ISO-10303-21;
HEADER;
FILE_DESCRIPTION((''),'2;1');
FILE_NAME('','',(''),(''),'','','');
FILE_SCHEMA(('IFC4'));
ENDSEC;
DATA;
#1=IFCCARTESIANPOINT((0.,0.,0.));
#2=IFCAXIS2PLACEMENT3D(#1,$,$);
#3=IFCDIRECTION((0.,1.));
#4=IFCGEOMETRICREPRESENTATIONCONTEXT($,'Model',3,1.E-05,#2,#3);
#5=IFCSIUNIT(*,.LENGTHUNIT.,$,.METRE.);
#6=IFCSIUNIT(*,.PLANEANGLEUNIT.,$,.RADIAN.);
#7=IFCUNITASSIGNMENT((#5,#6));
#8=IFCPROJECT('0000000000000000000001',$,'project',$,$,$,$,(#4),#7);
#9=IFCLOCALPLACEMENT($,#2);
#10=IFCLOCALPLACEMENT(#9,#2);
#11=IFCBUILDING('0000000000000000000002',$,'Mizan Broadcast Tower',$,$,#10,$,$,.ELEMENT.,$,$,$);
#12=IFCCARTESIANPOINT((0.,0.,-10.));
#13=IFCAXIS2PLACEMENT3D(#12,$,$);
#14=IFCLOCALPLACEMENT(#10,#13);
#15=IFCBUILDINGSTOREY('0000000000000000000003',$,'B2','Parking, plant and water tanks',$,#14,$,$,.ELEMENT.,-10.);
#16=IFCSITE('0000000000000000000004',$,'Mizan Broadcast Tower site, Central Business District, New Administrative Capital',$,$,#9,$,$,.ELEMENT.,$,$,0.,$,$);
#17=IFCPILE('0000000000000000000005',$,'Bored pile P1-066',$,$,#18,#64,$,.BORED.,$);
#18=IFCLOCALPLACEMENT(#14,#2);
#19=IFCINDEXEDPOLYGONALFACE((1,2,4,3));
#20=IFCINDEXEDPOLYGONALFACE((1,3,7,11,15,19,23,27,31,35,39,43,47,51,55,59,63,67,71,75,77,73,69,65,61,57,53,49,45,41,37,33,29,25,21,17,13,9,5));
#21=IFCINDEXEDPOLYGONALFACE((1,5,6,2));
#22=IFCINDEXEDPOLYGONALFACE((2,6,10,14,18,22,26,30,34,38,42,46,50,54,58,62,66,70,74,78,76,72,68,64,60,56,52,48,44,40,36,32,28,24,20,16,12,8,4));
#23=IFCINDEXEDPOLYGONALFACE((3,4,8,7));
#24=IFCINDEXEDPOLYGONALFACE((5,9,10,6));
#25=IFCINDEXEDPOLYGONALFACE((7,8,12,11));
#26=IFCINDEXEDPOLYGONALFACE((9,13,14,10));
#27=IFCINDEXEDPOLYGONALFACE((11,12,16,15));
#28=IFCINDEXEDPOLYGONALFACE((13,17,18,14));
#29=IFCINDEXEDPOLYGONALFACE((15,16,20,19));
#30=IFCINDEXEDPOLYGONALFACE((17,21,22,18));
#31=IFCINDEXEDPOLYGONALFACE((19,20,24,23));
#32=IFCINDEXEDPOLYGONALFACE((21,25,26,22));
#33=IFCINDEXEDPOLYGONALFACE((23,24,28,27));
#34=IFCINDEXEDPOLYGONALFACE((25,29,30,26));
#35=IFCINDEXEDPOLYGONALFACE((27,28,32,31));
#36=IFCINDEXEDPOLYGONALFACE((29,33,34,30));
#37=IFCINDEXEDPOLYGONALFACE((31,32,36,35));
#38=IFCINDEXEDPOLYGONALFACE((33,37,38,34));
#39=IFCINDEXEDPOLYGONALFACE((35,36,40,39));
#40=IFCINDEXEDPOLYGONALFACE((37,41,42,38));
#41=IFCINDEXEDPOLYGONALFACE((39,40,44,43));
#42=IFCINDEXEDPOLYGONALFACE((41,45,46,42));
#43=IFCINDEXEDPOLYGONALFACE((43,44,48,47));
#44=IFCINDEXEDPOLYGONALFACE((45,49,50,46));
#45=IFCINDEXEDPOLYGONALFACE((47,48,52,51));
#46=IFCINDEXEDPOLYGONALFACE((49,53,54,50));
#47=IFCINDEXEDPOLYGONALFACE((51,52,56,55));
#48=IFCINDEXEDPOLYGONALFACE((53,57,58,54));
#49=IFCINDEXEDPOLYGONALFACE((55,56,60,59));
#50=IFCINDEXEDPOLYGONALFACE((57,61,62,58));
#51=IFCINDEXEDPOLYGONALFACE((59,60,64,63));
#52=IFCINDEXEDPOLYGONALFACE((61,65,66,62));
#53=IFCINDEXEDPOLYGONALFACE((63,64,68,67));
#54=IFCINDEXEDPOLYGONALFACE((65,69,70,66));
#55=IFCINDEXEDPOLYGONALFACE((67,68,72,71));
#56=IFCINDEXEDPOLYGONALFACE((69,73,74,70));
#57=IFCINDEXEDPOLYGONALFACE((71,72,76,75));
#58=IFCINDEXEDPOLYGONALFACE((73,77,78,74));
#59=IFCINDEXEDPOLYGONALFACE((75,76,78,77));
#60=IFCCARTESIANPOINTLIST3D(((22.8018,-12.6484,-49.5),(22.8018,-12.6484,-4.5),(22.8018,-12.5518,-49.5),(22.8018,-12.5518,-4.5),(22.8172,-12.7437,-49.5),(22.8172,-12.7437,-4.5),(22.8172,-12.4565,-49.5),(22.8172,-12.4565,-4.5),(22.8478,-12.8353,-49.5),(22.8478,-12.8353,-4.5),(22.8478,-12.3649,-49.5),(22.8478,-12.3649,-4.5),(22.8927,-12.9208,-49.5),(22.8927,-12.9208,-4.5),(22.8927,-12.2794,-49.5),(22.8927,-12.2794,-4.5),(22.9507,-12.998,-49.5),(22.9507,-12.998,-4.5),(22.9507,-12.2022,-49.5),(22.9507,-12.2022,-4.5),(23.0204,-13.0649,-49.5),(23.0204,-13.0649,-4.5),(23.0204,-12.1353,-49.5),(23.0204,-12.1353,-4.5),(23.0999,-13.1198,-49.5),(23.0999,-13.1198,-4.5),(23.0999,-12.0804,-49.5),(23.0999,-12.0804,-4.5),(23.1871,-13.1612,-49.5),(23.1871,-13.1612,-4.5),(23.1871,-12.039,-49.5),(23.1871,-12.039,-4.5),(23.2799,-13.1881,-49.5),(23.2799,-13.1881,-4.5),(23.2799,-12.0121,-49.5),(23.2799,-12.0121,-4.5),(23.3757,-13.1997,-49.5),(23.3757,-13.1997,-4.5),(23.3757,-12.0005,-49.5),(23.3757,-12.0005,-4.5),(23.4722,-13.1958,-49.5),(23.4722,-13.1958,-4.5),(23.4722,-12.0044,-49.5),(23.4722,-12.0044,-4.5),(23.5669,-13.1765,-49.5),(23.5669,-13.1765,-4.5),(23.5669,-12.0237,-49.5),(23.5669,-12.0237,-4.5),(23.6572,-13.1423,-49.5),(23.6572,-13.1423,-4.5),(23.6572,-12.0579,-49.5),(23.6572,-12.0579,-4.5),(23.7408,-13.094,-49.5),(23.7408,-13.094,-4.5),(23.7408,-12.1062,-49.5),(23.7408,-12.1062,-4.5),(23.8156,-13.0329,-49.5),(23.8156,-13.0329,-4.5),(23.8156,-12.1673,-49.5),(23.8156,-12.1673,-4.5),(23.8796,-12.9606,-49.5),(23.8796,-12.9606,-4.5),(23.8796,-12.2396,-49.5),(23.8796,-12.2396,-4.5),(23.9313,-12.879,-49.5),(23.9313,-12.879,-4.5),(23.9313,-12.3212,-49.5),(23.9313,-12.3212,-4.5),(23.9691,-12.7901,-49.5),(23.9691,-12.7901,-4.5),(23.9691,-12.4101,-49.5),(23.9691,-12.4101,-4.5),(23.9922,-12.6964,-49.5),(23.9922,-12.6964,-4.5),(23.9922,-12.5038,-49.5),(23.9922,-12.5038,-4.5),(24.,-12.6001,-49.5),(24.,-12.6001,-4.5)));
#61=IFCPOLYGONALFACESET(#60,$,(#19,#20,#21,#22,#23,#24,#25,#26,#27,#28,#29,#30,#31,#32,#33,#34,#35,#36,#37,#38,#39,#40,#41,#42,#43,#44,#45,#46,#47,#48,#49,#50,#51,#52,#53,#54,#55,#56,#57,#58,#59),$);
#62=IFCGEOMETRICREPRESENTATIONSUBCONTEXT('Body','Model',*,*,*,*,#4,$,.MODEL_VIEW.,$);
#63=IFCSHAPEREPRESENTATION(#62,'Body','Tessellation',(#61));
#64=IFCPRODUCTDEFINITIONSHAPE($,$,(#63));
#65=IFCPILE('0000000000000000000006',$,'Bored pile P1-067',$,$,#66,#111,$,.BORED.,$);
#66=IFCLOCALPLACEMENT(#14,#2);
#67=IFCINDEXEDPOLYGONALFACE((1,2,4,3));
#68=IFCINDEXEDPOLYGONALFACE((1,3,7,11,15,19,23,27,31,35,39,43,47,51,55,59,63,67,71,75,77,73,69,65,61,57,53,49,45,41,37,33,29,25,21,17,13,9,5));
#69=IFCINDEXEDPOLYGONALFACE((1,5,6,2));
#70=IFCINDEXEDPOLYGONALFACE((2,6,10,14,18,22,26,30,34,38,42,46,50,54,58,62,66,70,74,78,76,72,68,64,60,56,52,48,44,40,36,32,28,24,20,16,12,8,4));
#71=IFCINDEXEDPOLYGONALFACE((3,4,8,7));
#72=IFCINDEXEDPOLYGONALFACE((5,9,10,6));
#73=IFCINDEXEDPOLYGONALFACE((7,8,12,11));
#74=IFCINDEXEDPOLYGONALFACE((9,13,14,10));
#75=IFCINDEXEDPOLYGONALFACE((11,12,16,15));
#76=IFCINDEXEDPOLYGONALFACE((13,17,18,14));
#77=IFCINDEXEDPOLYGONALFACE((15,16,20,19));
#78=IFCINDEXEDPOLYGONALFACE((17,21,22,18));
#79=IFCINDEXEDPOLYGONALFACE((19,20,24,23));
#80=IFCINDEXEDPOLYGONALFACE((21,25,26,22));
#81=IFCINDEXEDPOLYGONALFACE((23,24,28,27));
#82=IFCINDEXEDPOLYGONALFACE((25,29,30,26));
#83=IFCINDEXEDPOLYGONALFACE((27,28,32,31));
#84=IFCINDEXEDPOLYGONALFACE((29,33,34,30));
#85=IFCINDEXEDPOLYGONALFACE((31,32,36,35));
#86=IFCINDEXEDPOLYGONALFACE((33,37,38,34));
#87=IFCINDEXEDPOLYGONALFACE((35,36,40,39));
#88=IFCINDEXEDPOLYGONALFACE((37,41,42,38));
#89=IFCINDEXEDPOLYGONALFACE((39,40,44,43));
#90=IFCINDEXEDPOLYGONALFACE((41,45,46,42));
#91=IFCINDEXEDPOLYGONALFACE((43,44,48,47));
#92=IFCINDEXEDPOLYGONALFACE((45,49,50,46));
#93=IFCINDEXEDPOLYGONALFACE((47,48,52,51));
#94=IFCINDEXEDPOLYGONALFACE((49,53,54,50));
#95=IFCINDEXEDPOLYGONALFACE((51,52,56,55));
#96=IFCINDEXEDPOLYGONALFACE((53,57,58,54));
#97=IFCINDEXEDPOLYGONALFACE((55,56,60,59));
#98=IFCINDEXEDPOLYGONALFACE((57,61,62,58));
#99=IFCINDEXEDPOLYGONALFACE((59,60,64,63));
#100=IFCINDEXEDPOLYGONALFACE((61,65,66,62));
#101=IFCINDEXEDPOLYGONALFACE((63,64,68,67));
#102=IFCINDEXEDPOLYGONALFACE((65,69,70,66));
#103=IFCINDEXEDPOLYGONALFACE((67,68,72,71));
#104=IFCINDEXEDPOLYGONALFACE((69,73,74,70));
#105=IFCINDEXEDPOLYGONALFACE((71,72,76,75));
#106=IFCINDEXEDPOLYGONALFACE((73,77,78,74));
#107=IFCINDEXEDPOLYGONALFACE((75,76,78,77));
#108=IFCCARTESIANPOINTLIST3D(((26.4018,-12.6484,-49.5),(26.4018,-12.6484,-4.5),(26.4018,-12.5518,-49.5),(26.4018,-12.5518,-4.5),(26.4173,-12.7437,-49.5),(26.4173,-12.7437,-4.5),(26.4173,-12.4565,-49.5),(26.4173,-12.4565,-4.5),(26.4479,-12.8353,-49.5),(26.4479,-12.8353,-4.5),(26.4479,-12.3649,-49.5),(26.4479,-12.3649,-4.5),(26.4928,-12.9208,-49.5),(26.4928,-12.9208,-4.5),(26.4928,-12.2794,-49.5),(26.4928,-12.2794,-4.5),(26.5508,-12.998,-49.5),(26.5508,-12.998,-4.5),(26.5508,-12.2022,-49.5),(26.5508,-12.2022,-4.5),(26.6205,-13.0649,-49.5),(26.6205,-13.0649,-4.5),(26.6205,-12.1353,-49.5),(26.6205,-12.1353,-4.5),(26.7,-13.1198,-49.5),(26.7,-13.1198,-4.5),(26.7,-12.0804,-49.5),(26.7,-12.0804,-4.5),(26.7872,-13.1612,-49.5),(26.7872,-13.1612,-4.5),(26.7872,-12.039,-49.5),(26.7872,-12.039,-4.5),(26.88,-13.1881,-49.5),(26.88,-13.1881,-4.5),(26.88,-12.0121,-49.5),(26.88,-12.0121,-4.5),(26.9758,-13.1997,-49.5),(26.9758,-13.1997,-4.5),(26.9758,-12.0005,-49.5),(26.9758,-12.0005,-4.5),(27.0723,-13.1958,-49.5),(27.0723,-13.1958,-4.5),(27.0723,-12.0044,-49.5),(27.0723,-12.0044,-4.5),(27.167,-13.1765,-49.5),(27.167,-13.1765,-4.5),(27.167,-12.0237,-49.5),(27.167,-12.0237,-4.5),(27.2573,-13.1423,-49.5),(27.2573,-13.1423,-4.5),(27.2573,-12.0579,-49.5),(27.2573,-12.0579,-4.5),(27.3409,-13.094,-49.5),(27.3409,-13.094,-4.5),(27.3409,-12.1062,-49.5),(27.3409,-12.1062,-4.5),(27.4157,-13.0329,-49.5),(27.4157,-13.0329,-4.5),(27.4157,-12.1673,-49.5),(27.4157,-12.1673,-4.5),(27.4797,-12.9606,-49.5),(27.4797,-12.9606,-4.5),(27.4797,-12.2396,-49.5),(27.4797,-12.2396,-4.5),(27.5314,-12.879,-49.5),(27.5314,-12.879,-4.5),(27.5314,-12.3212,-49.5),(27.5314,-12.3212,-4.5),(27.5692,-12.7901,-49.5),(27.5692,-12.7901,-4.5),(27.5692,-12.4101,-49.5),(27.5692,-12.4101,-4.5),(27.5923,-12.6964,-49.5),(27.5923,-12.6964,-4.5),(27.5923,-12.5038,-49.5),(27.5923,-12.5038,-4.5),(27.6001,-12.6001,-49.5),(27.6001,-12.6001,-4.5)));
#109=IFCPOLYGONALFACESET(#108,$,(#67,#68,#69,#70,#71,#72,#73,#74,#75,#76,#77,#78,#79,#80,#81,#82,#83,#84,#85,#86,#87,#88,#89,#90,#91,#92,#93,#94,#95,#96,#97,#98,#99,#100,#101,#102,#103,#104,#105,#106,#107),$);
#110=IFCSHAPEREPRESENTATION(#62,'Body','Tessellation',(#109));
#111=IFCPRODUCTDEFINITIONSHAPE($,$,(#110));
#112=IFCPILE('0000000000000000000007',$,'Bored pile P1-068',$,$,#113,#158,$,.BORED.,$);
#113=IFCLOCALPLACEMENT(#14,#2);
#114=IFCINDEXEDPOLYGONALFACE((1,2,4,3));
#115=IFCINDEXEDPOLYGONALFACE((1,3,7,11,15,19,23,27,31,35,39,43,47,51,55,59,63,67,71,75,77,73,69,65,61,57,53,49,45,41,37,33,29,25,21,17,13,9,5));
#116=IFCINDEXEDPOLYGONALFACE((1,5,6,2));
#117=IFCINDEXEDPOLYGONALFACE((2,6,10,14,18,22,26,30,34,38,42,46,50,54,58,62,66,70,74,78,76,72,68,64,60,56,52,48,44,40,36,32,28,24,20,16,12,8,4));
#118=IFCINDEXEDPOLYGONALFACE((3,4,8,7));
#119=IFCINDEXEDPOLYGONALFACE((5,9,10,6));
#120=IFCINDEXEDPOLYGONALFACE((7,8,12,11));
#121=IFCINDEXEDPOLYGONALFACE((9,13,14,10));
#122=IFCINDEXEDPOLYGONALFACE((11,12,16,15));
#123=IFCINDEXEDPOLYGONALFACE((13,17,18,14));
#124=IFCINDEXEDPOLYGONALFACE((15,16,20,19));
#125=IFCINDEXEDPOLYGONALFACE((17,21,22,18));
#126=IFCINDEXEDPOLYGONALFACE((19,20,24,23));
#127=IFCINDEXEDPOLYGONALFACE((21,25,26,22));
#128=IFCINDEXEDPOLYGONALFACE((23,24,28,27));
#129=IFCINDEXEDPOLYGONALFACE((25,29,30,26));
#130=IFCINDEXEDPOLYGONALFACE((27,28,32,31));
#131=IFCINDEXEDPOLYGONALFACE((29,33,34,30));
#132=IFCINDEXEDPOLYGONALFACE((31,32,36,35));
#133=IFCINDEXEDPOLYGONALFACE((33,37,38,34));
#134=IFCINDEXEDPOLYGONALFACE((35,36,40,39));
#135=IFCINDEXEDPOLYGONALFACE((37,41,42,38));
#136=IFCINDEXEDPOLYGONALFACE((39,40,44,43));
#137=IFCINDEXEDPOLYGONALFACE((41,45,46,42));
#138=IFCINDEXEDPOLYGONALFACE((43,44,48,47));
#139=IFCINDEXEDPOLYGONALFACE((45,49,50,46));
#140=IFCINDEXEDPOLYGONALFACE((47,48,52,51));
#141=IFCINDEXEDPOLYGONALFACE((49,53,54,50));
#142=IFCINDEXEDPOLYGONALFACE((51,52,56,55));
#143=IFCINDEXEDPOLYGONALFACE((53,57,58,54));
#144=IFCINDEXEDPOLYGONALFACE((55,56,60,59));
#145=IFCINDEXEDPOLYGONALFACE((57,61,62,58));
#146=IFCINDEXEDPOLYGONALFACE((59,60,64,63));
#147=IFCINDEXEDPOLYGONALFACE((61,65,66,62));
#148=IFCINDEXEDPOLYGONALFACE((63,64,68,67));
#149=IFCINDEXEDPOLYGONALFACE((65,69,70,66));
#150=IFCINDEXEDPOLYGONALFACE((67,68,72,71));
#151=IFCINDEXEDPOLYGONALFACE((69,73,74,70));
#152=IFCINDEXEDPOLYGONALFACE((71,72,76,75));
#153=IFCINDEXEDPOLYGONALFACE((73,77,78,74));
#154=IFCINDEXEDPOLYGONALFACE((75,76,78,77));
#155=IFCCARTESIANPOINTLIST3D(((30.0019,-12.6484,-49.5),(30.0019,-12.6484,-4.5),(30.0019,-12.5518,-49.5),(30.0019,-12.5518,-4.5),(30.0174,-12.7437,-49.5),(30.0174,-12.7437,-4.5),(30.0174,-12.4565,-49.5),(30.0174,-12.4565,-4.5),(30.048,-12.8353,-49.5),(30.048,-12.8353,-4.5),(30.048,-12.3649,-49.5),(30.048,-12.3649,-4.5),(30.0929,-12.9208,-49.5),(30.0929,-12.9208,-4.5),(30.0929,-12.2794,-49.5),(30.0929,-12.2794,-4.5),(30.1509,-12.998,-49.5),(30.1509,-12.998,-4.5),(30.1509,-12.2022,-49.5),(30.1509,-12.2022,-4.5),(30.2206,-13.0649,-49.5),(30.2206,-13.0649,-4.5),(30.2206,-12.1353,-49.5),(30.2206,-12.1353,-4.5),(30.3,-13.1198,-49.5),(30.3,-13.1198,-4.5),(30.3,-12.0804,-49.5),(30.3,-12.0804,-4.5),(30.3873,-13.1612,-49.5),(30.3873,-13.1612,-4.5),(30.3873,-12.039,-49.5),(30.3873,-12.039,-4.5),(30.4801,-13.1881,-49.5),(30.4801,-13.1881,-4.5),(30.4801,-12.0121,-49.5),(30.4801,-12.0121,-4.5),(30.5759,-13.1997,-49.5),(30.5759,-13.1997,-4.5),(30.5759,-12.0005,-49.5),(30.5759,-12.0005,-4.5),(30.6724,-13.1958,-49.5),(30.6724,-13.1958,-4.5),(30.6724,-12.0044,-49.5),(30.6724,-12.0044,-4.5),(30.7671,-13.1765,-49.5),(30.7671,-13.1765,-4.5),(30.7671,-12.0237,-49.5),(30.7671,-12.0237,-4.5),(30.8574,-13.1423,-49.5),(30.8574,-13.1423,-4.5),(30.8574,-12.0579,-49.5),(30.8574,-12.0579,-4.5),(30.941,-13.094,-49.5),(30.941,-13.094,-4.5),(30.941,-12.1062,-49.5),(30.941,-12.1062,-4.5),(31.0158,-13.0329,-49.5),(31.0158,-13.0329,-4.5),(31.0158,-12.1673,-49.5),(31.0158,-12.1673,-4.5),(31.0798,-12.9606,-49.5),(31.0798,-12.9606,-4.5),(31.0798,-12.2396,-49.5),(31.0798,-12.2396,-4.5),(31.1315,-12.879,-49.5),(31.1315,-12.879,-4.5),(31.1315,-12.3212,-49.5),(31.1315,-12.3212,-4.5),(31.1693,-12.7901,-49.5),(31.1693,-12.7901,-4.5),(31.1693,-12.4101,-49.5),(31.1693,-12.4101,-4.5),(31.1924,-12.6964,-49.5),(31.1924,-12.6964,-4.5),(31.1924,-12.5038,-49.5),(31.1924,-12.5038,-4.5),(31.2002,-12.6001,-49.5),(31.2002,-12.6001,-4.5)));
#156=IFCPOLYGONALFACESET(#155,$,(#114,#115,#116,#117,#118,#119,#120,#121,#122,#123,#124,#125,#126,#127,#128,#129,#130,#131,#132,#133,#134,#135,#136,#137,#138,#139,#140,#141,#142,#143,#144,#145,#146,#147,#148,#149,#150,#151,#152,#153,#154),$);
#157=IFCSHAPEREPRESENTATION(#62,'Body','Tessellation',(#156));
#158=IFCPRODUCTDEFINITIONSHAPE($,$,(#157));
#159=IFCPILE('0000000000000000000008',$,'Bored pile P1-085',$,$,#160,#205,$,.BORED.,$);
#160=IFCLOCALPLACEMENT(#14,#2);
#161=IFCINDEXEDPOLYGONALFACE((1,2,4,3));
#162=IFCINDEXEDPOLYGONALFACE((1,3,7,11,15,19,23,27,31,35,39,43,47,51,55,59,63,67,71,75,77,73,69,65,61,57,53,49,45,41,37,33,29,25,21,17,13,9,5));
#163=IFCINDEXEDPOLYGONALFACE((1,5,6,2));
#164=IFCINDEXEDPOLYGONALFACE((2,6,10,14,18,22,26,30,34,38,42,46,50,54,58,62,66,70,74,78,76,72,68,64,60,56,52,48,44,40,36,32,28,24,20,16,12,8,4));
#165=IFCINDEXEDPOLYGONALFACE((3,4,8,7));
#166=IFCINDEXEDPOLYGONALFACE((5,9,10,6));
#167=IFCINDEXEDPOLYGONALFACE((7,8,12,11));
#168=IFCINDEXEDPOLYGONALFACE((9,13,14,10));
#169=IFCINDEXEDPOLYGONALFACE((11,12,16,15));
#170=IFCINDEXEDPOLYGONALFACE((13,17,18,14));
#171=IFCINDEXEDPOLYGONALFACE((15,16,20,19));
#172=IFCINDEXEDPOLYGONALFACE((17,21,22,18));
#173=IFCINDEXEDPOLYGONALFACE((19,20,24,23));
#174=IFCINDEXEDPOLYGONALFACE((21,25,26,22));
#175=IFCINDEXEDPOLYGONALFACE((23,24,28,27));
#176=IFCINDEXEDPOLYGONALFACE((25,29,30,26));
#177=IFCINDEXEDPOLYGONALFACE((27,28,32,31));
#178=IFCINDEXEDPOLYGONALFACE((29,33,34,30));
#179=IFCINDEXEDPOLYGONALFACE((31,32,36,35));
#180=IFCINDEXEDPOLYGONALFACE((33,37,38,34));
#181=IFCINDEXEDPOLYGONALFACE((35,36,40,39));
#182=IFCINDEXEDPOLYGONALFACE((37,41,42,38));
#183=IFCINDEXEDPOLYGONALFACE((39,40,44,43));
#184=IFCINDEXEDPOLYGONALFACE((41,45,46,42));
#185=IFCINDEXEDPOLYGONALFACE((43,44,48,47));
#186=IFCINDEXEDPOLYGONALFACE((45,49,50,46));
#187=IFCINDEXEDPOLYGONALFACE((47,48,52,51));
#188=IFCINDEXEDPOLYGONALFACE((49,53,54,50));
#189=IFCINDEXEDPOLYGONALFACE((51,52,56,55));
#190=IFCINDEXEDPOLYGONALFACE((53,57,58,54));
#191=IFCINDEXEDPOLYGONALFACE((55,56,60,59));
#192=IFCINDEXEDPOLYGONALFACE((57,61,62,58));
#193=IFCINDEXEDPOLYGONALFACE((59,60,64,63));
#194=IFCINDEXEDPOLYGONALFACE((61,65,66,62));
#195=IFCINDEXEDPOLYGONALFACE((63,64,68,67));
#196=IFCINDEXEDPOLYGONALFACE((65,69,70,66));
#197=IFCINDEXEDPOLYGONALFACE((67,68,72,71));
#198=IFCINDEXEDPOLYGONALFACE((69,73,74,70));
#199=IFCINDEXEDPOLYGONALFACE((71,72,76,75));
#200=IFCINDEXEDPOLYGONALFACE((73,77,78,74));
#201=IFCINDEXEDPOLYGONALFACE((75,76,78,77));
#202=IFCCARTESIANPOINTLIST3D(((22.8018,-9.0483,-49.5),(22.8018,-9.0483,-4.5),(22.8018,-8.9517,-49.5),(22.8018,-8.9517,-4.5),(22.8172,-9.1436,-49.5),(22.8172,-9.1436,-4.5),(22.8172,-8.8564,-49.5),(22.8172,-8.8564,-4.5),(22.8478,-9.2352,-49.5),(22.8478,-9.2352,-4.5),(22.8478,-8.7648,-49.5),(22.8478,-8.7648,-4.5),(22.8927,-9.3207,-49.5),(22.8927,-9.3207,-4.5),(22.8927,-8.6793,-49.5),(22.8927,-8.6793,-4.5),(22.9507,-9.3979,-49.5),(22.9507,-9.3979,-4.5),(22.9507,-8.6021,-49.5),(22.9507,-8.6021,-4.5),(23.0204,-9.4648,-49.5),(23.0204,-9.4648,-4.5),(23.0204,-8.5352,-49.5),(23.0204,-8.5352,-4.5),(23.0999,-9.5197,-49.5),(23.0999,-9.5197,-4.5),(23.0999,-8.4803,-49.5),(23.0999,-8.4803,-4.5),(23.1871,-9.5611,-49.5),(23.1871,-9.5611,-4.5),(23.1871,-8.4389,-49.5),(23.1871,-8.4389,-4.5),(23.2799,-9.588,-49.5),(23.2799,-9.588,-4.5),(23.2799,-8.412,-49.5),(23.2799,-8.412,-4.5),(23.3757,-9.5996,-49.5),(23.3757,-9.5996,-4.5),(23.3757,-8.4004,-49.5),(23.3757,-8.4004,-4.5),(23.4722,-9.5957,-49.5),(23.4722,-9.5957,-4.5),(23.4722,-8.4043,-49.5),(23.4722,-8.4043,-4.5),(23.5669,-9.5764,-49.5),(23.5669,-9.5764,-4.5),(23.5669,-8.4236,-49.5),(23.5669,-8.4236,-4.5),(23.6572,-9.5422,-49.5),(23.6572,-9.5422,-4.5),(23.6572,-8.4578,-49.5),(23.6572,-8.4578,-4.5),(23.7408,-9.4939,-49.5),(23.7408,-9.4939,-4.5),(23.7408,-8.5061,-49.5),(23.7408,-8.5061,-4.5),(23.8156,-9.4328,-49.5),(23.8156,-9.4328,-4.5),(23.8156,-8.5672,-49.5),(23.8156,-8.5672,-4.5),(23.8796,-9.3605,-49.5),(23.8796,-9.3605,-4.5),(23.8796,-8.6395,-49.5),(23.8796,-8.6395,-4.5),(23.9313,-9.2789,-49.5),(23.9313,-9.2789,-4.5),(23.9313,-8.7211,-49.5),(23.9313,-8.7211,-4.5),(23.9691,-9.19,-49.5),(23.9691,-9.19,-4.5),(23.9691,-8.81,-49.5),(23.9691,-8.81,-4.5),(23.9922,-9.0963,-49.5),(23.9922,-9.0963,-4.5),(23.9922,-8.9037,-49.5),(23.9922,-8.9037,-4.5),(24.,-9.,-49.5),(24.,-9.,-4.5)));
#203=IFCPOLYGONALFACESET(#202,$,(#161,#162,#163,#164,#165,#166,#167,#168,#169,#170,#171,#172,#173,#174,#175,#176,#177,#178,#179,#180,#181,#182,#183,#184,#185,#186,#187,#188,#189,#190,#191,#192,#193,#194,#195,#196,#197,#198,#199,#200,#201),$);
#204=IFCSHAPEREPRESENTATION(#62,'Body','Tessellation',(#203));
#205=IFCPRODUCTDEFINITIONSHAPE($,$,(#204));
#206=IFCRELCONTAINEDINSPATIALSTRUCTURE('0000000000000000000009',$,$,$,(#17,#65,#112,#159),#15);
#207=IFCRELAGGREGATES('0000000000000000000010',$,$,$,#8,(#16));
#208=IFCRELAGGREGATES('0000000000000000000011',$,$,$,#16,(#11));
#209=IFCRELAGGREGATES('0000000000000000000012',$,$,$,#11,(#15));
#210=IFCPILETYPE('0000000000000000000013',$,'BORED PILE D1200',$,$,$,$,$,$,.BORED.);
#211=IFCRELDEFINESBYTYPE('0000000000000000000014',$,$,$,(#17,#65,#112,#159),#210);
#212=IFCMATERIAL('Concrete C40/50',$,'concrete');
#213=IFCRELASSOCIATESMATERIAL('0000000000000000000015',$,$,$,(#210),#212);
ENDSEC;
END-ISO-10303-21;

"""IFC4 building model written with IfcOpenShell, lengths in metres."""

from ifc_helpers import new_model, si_unit, direction, frame, origin, origin_2d, place, context, subcontext, project, spatial, circle, extrude, material, material_profile, profile_set, type_object, element, save


model = new_model("IFC4")

# Units and contexts
model_context = context("Model", 3, precision=1e-05, world=origin(), true_north=direction((0.0, 1.0)))
body_context = subcontext(model_context, "Body", "Model", "MODEL_VIEW")
ifc_project = project(units=[si_unit("LENGTHUNIT", "METRE"), si_unit("PLANEANGLEUNIT", "RADIAN")], contexts=[model_context])

# Site, building, storey
site_placement = place(None, origin())
site = spatial("IfcSite", under=ifc_project, at=site_placement, Name="Mizan Broadcast Tower site, Central Business District, New Administrative Capital", CompositionType="ELEMENT", RefElevation=0.0)
building_placement = place(site_placement, origin())
building = spatial("IfcBuilding", under=site, at=building_placement, Name="Mizan Broadcast Tower", CompositionType="ELEMENT")
storey_placement = place(building_placement, frame((0.0, 0.0, -10.0)))
storey = spatial("IfcBuildingStorey", under=building, at=storey_placement, Name="B2", Description="Parking, plant and water tanks", CompositionType="ELEMENT", Elevation=-10.0)

# Piles
ifc_material_1 = material(Name="Concrete C40/50", Category="concrete")
ifc_material_profile_1 = material_profile(ifc_material_1, circle(Radius=0.6001, at=origin_2d()), Name="D1200")
ifc_profile_set_1 = profile_set([ifc_material_profile_1], Name="Concrete C40/50")
pile_type_1 = type_object("IfcPileType", Name="BORED PILE D1200", PredefinedType="BORED", material=ifc_profile_set_1)
for number, where, z_axis, x_axis, name in (
    (1, (23.3999, -12.6001, -4.5), (0.0, 0.0, -1.0), (1.0, 0.0, 0.0), "Bored pile P1-066"),
    (2, (27.0, -12.6001, -4.5), (0.0, 0.0, -1.0), (1.0, 0.0, 0.0), "Bored pile P1-067"),
    (3, (30.6001, -12.6001, -4.5), (0.0, 0.0, -1.0), (1.0, 0.0, 0.0), "Bored pile P1-068"),
    (4, (23.3999, -9.0, -4.5), (0.0, 0.0, -1.0), (1.0, 0.0, 0.0), "Bored pile P1-085"),
):
    element("IfcPile", number, at=place(storey_placement, frame(where, z_axis=z_axis, x_axis=x_axis)), inside=storey, type_object=pile_type_1, Name=name, PredefinedType="BORED", context=body_context, shape_type="SweptSolid", body=[
        extrude(circle(Radius=0.6001, at=origin_2d()), origin(), (0.0, 0.0, 1.0), 45.0),
    ])

save(model, "model.ifc")
